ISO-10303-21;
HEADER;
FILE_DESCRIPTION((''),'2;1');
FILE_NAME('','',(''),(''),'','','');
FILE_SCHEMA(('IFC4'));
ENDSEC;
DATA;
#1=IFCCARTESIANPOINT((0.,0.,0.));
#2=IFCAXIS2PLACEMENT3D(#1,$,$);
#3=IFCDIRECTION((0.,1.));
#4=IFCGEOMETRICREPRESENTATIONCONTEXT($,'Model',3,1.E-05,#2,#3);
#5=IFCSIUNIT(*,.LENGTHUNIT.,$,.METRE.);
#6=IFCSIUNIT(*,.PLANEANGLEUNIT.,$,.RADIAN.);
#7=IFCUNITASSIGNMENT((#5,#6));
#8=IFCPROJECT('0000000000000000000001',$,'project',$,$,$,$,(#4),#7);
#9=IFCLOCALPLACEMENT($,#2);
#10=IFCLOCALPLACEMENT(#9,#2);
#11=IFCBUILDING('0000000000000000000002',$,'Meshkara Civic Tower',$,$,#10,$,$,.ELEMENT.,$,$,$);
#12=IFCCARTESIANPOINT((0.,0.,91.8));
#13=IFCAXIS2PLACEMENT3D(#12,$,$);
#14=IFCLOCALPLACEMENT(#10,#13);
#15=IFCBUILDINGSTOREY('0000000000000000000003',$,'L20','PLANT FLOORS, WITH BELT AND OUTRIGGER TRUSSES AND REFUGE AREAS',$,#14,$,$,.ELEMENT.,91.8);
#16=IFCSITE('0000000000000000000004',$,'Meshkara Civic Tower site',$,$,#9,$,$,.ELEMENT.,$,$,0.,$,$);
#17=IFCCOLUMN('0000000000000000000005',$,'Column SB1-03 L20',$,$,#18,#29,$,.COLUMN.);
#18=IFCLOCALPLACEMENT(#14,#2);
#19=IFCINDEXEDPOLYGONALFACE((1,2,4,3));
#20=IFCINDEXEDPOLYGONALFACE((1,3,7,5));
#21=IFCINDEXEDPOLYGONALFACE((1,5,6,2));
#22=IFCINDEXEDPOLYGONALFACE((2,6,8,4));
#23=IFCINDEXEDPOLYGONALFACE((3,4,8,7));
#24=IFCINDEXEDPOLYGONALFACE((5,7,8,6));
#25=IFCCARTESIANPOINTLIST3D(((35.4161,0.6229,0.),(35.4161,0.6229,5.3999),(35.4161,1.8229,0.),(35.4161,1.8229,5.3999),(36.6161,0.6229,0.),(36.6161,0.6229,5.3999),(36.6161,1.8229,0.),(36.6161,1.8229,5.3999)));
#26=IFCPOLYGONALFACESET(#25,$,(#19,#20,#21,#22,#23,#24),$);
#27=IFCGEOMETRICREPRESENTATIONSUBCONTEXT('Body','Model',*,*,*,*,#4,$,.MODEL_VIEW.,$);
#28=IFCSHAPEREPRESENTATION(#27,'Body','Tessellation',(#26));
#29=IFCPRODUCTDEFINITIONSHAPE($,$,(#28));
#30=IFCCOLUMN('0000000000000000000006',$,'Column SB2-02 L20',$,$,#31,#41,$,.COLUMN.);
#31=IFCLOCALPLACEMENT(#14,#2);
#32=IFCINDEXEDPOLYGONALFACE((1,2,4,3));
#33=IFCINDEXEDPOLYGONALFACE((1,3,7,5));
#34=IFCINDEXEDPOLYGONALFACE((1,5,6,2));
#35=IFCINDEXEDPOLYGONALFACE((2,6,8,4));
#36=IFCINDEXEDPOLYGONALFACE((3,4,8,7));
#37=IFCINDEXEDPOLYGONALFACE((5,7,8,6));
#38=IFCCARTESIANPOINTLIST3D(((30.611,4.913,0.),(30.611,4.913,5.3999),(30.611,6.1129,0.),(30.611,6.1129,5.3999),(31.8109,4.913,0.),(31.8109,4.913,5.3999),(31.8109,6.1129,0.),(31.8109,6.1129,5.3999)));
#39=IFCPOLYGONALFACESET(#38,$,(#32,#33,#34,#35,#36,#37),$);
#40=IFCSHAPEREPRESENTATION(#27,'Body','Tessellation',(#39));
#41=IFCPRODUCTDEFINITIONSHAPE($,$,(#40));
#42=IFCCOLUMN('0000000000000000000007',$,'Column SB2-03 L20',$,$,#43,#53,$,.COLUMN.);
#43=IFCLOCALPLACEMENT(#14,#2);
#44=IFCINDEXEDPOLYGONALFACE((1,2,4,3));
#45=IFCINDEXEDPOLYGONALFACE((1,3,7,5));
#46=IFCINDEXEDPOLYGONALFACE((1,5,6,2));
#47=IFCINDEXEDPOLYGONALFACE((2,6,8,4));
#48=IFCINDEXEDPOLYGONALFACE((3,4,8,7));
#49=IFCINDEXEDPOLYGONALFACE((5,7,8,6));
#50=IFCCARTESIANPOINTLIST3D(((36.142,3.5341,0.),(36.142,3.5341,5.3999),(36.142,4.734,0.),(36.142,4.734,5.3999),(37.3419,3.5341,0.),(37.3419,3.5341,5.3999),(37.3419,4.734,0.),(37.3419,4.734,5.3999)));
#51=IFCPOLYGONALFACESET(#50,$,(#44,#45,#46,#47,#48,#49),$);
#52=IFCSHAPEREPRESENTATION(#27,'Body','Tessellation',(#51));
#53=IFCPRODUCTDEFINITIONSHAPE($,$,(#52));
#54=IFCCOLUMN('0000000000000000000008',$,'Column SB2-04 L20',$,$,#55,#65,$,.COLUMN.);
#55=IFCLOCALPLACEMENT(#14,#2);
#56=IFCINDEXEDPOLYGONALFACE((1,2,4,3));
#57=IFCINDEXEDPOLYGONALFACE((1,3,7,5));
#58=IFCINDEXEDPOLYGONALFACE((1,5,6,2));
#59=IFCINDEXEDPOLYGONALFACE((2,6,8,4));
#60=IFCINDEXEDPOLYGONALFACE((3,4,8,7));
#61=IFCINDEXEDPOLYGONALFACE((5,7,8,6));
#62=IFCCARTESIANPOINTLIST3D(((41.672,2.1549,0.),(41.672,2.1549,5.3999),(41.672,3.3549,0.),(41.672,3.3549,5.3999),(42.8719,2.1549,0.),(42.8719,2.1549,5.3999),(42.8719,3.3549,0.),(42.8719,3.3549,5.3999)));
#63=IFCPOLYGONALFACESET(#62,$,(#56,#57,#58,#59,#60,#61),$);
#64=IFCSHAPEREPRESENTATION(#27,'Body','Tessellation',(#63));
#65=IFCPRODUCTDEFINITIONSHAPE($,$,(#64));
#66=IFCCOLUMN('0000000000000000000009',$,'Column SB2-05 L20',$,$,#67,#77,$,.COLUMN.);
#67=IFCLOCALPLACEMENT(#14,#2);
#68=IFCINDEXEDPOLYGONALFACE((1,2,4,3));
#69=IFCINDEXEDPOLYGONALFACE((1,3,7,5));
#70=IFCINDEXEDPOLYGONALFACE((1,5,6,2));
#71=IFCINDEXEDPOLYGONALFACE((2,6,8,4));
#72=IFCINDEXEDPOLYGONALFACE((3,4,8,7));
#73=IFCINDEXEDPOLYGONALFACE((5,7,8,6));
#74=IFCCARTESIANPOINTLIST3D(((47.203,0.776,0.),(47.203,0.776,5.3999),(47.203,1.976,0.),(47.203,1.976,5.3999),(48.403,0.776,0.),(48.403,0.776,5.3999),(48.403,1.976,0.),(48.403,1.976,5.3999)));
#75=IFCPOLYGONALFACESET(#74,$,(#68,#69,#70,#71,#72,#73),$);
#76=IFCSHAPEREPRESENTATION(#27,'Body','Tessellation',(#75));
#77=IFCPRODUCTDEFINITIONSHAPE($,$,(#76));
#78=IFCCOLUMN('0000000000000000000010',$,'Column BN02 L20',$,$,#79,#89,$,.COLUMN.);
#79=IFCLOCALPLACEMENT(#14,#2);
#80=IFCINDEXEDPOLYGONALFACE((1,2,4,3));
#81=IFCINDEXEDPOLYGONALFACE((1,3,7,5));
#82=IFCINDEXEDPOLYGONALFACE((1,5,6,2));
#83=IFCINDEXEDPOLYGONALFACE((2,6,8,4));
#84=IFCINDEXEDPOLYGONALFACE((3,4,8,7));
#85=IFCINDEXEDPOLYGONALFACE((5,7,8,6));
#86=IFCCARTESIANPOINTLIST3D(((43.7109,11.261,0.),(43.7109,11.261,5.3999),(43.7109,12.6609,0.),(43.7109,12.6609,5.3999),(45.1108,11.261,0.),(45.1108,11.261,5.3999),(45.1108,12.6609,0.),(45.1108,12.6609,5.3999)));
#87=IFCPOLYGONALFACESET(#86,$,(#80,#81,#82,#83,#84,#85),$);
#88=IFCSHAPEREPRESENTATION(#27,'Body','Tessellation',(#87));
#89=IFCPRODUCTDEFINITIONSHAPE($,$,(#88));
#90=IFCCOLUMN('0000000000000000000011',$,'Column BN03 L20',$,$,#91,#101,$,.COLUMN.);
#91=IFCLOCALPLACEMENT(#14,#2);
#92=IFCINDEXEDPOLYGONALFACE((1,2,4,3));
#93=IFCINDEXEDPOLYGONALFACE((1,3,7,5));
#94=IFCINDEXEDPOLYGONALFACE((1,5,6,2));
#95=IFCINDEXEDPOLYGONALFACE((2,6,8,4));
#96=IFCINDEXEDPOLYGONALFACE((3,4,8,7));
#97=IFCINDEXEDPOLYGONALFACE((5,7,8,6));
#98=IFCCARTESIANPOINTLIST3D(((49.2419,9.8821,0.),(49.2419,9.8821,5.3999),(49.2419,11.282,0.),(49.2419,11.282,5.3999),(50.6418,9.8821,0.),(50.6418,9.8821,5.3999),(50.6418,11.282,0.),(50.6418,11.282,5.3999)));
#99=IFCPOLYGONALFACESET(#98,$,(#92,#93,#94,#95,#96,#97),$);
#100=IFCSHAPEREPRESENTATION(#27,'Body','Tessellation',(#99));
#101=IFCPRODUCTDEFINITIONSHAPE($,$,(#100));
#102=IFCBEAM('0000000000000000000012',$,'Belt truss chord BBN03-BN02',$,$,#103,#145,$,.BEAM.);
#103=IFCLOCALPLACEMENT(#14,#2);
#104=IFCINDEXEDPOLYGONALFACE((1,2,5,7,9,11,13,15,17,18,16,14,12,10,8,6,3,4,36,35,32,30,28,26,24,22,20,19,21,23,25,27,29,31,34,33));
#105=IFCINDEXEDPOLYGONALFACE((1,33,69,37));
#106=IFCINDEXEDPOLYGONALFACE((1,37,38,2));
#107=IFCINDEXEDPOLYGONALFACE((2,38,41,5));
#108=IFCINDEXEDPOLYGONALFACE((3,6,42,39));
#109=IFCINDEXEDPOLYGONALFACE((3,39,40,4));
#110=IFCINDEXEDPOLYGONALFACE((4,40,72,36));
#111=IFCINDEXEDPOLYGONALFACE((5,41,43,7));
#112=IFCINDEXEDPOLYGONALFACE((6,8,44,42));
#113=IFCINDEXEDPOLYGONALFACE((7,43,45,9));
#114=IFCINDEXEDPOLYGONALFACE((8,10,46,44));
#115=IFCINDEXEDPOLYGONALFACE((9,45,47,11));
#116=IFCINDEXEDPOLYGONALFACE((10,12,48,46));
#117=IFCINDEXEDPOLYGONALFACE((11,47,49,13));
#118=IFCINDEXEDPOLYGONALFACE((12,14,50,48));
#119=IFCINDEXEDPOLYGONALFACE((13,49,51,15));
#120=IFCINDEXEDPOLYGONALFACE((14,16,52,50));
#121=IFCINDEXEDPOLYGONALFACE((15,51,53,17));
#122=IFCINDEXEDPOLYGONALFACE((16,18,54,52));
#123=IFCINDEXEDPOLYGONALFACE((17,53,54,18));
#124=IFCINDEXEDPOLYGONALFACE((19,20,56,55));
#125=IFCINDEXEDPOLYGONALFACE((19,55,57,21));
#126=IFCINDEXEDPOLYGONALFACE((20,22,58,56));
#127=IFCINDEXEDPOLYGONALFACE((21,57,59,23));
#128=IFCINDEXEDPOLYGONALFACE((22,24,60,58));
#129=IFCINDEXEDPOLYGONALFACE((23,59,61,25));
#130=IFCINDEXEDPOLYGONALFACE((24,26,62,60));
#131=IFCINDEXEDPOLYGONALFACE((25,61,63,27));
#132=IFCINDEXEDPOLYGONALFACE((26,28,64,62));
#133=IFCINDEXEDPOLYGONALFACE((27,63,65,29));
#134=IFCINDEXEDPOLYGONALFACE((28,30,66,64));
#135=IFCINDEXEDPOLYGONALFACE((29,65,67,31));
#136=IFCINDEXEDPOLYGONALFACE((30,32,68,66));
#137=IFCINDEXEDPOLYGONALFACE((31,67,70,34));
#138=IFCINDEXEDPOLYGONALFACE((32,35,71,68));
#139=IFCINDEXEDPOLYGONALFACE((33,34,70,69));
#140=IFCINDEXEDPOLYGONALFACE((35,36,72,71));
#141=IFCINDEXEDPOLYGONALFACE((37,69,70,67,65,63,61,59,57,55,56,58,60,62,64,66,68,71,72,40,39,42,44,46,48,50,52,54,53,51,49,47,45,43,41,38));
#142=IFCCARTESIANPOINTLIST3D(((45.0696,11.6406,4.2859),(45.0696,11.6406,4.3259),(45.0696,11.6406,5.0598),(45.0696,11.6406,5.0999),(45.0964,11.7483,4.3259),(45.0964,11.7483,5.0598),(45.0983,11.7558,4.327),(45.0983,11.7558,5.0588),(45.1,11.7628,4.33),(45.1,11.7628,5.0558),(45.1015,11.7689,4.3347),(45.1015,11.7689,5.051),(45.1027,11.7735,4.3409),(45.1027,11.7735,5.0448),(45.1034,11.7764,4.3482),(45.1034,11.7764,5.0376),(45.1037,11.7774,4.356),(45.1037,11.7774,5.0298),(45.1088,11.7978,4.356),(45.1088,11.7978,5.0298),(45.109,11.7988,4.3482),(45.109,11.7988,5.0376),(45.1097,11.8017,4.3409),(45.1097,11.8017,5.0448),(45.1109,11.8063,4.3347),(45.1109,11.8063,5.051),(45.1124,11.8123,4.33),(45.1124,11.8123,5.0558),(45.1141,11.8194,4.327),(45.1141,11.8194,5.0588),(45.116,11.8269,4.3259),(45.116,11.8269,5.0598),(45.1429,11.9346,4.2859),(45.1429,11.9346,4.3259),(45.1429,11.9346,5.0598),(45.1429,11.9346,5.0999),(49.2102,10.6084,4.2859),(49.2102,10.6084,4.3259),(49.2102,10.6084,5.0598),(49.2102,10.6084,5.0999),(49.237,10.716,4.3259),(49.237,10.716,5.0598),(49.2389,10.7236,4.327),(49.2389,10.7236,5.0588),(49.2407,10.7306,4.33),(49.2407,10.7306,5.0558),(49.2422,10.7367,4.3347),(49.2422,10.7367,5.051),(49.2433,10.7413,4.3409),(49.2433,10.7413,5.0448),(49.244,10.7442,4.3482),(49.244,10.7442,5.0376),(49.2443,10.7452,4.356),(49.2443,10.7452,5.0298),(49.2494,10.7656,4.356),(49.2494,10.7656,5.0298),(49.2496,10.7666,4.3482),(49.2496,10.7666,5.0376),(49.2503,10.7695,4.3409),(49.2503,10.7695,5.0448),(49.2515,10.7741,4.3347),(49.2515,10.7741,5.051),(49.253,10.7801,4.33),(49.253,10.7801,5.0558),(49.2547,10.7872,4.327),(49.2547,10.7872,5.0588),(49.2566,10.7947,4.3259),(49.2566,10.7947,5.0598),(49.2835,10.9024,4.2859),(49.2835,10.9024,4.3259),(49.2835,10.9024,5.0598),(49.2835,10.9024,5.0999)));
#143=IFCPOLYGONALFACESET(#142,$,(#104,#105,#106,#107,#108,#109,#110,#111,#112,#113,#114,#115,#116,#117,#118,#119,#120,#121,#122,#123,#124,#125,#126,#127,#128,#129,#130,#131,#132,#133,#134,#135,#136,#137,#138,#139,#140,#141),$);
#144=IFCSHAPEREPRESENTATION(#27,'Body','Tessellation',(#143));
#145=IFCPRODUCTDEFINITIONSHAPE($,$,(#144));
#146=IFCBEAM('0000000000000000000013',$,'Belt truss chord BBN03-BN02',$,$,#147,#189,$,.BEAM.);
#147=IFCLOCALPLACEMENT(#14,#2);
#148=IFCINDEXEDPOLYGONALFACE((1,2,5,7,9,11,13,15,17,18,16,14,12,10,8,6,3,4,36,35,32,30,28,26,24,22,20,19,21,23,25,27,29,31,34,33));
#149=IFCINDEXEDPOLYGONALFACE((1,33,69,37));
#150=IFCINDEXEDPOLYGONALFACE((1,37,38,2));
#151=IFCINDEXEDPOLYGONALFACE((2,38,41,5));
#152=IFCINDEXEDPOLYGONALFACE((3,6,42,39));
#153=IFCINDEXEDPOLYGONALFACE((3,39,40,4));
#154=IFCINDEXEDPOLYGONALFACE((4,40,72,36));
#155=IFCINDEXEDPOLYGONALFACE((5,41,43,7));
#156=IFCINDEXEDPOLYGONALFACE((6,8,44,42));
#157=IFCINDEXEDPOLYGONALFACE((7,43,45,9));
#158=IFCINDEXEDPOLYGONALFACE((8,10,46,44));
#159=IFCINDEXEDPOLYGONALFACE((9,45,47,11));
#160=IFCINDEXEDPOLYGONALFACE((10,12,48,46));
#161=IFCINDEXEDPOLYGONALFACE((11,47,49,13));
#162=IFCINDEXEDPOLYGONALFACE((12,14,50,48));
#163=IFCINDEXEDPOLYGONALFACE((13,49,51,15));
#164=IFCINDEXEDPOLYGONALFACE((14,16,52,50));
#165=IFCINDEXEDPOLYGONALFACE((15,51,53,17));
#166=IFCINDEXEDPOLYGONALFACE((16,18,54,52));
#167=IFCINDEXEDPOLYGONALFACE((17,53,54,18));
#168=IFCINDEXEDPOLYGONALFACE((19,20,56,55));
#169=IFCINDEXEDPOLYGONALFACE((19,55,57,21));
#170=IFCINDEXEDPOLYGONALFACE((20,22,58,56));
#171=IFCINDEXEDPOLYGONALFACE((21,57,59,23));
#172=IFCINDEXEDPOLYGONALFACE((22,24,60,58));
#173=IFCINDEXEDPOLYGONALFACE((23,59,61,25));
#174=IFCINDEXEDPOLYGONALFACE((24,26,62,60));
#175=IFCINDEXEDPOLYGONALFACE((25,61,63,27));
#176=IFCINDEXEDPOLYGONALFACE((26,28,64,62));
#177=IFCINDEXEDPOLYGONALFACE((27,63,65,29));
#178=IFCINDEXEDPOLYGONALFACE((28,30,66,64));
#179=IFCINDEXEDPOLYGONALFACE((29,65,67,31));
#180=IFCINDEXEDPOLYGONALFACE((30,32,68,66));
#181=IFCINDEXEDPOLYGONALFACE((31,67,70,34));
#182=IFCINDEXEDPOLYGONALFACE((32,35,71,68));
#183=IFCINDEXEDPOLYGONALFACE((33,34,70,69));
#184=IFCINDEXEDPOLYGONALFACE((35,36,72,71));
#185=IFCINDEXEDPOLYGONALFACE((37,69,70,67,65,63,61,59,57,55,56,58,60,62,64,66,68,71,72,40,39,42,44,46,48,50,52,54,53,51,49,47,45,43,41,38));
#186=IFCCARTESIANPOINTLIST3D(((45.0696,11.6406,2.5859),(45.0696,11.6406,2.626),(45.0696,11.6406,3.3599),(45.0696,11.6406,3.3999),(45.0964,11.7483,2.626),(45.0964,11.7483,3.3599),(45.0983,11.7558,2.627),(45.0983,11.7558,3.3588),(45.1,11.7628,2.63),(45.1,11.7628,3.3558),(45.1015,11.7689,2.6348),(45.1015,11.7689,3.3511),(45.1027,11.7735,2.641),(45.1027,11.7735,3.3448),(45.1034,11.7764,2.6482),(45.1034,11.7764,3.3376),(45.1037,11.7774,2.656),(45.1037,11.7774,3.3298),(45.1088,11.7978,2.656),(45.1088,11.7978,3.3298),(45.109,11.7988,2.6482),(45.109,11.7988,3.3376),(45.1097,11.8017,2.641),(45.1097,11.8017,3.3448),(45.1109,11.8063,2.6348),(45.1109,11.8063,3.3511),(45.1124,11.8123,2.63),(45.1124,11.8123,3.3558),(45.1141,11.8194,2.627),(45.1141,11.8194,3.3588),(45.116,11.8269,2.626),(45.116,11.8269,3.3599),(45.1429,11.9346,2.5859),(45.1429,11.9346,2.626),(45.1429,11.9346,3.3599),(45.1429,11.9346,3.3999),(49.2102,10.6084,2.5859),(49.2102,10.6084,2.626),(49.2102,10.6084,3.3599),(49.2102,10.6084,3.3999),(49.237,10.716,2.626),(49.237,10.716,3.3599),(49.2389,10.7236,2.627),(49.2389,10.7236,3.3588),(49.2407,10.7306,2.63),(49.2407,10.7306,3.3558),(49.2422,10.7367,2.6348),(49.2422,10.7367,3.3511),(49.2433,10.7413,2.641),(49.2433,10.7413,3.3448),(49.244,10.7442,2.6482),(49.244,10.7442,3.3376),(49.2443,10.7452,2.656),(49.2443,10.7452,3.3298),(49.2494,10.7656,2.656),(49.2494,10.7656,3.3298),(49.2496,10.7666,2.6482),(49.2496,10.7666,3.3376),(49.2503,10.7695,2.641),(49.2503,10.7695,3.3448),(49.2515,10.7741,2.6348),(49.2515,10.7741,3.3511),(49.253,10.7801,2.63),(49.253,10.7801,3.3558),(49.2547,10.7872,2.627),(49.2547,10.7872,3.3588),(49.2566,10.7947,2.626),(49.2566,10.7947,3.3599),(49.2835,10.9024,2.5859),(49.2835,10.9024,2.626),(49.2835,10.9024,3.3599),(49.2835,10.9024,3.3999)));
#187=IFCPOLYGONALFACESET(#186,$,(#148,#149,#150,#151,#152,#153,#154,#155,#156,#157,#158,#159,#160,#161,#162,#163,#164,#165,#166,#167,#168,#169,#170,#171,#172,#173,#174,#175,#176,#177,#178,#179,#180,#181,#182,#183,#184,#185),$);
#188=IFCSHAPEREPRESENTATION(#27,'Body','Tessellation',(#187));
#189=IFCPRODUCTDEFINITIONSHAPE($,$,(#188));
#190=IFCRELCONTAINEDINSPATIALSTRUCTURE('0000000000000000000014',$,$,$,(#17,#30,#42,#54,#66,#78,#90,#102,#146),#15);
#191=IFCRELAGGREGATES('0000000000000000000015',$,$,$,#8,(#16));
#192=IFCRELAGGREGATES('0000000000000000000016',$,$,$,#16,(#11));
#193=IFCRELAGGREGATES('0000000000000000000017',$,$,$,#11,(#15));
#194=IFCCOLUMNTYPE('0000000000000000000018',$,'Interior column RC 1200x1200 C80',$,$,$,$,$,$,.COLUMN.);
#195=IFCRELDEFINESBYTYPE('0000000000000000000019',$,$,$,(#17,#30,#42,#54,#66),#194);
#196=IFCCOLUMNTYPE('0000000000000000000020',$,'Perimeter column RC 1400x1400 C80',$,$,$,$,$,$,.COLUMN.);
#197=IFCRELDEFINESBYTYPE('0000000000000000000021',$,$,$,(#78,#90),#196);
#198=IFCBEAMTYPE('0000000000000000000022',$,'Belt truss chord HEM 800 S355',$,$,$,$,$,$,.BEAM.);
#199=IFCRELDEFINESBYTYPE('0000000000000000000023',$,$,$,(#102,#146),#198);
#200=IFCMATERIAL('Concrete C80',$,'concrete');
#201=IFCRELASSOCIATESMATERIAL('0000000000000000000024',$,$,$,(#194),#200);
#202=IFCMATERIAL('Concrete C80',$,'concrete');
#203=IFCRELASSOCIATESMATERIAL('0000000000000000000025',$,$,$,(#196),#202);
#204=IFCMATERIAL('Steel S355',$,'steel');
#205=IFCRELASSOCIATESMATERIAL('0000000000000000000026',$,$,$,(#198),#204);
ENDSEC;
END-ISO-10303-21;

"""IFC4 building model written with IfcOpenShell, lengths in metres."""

from ifc_helpers import new_model, si_unit, direction, frame, origin, origin_2d, place, context, subcontext, project, spatial, rectangle, i_section, extrude, material, material_profile, profile_set, type_object, element, save


model = new_model("IFC4")

# Units and contexts
model_context = context("Model", 3, precision=1e-05, world=origin(), true_north=direction((0.0, 1.0)))
body_context = subcontext(model_context, "Body", "Model", "MODEL_VIEW")
ifc_project = project(units=[si_unit("LENGTHUNIT", "METRE"), si_unit("PLANEANGLEUNIT", "RADIAN")], contexts=[model_context])

# Site, building, storey
site_placement = place(None, origin())
site = spatial("IfcSite", under=ifc_project, at=site_placement, Name="Meshkara Civic Tower site", CompositionType="ELEMENT", RefElevation=0.0)
building_placement = place(site_placement, origin())
building = spatial("IfcBuilding", under=site, at=building_placement, Name="Meshkara Civic Tower", CompositionType="ELEMENT")
storey_placement = place(building_placement, frame((0.0, 0.0, 91.8)))
storey = spatial("IfcBuildingStorey", under=building, at=storey_placement, Name="L20", Description="PLANT FLOORS, WITH BELT AND OUTRIGGER TRUSSES AND REFUGE AREAS", CompositionType="ELEMENT", Elevation=91.8)

# Columns
ifc_material_1 = material(Name="Concrete C80", Category="concrete")
ifc_material_profile_1 = material_profile(ifc_material_1, rectangle(XDim=1.2, YDim=1.2, at=origin_2d()))
ifc_profile_set_1 = profile_set([ifc_material_profile_1], Name="Concrete C80")
column_type_1 = type_object("IfcColumnType", Name="Interior column RC 1200x1200 C80", PredefinedType="COLUMN", material=ifc_profile_set_1)
for number, where, z_axis, x_axis, name in (
    (1, (36.0161, 1.2229, 0.0), (0.0, 0.0, 1.0), (1.0, 0.0, 0.0), "Column SB1-03 L20"),
    (2, (31.2109, 5.5129, 0.0), (0.0, 0.0, 1.0), (1.0, 0.0, 0.0), "Column SB2-02 L20"),
    (3, (36.7419, 4.134, 0.0), (0.0, 0.0, 1.0), (1.0, 0.0, 0.0), "Column SB2-03 L20"),
    (4, (42.272, 2.7549, 0.0), (0.0, 0.0, 1.0), (1.0, 0.0, 0.0), "Column SB2-04 L20"),
    (5, (47.803, 1.376, 0.0), (0.0, 0.0, 1.0), (1.0, 0.0, 0.0), "Column SB2-05 L20"),
):
    element("IfcColumn", number, at=place(storey_placement, frame(where, z_axis=z_axis, x_axis=x_axis)), inside=storey, type_object=column_type_1, Name=name, PredefinedType="COLUMN", context=body_context, shape_type="SweptSolid", body=[
        extrude(rectangle(XDim=1.2, YDim=1.2, at=origin_2d()), origin(), (0.0, 0.0, 1.0), 5.3999),
    ])
ifc_material_2 = material(Name="Concrete C80", Category="concrete")
ifc_material_profile_2 = material_profile(ifc_material_2, rectangle(XDim=1.3999, YDim=1.3999, at=origin_2d()))
ifc_profile_set_2 = profile_set([ifc_material_profile_2], Name="Concrete C80")
column_type_2 = type_object("IfcColumnType", Name="Perimeter column RC 1400x1400 C80", PredefinedType="COLUMN", material=ifc_profile_set_2)
for number, where, z_axis, x_axis, name in (
    (6, (44.4109, 11.9609, 0.0), (0.0, 0.0, 1.0), (1.0, 0.0, 0.0), "Column BN02 L20"),
    (7, (49.9419, 10.582, 0.0), (0.0, 0.0, 1.0), (1.0, 0.0, 0.0), "Column BN03 L20"),
):
    element("IfcColumn", number, at=place(storey_placement, frame(where, z_axis=z_axis, x_axis=x_axis)), inside=storey, type_object=column_type_2, Name=name, PredefinedType="COLUMN", context=body_context, shape_type="SweptSolid", body=[
        extrude(rectangle(XDim=1.3999, YDim=1.3999, at=origin_2d()), origin(), (0.0, 0.0, 1.0), 5.3999),
    ])

# Beams
ifc_material_3 = material(Name="Steel S355", Category="steel")
ifc_material_profile_3 = material_profile(ifc_material_3, i_section(OverallWidth=0.303, OverallDepth=0.814, WebThickness=0.021, FlangeThickness=0.04, FilletRadius=0.03, at=origin_2d()))
ifc_profile_set_3 = profile_set([ifc_material_profile_3], Name="Steel S355")
beam_type_1 = type_object("IfcBeamType", Name="Belt truss chord HEM 800 S355", PredefinedType="BEAM", material=ifc_profile_set_3)
for number, where, z_axis, x_axis, name in (
    (8, (49.2468, 10.7554, 4.6929), (-0.970304, 0.241889, 0.0), (-0.241889, -0.970304, 0.0), "Belt truss chord BBN03-BN02"),
    (9, (49.2468, 10.7554, 2.9929), (-0.970304, 0.241889, 0.0), (-0.241889, -0.970304, 0.0), "Belt truss chord BBN03-BN02"),
):
    element("IfcBeam", number, at=place(storey_placement, frame(where, z_axis=z_axis, x_axis=x_axis)), inside=storey, type_object=beam_type_1, Name=name, PredefinedType="BEAM", context=body_context, shape_type="SweptSolid", body=[
        extrude(i_section(OverallWidth=0.303, OverallDepth=0.814, WebThickness=0.021, FlangeThickness=0.04, FilletRadius=0.03, at=origin_2d()), origin(), (0.0, 0.0, 1.0), 4.2673),
    ])

save(model, "model.ifc")
